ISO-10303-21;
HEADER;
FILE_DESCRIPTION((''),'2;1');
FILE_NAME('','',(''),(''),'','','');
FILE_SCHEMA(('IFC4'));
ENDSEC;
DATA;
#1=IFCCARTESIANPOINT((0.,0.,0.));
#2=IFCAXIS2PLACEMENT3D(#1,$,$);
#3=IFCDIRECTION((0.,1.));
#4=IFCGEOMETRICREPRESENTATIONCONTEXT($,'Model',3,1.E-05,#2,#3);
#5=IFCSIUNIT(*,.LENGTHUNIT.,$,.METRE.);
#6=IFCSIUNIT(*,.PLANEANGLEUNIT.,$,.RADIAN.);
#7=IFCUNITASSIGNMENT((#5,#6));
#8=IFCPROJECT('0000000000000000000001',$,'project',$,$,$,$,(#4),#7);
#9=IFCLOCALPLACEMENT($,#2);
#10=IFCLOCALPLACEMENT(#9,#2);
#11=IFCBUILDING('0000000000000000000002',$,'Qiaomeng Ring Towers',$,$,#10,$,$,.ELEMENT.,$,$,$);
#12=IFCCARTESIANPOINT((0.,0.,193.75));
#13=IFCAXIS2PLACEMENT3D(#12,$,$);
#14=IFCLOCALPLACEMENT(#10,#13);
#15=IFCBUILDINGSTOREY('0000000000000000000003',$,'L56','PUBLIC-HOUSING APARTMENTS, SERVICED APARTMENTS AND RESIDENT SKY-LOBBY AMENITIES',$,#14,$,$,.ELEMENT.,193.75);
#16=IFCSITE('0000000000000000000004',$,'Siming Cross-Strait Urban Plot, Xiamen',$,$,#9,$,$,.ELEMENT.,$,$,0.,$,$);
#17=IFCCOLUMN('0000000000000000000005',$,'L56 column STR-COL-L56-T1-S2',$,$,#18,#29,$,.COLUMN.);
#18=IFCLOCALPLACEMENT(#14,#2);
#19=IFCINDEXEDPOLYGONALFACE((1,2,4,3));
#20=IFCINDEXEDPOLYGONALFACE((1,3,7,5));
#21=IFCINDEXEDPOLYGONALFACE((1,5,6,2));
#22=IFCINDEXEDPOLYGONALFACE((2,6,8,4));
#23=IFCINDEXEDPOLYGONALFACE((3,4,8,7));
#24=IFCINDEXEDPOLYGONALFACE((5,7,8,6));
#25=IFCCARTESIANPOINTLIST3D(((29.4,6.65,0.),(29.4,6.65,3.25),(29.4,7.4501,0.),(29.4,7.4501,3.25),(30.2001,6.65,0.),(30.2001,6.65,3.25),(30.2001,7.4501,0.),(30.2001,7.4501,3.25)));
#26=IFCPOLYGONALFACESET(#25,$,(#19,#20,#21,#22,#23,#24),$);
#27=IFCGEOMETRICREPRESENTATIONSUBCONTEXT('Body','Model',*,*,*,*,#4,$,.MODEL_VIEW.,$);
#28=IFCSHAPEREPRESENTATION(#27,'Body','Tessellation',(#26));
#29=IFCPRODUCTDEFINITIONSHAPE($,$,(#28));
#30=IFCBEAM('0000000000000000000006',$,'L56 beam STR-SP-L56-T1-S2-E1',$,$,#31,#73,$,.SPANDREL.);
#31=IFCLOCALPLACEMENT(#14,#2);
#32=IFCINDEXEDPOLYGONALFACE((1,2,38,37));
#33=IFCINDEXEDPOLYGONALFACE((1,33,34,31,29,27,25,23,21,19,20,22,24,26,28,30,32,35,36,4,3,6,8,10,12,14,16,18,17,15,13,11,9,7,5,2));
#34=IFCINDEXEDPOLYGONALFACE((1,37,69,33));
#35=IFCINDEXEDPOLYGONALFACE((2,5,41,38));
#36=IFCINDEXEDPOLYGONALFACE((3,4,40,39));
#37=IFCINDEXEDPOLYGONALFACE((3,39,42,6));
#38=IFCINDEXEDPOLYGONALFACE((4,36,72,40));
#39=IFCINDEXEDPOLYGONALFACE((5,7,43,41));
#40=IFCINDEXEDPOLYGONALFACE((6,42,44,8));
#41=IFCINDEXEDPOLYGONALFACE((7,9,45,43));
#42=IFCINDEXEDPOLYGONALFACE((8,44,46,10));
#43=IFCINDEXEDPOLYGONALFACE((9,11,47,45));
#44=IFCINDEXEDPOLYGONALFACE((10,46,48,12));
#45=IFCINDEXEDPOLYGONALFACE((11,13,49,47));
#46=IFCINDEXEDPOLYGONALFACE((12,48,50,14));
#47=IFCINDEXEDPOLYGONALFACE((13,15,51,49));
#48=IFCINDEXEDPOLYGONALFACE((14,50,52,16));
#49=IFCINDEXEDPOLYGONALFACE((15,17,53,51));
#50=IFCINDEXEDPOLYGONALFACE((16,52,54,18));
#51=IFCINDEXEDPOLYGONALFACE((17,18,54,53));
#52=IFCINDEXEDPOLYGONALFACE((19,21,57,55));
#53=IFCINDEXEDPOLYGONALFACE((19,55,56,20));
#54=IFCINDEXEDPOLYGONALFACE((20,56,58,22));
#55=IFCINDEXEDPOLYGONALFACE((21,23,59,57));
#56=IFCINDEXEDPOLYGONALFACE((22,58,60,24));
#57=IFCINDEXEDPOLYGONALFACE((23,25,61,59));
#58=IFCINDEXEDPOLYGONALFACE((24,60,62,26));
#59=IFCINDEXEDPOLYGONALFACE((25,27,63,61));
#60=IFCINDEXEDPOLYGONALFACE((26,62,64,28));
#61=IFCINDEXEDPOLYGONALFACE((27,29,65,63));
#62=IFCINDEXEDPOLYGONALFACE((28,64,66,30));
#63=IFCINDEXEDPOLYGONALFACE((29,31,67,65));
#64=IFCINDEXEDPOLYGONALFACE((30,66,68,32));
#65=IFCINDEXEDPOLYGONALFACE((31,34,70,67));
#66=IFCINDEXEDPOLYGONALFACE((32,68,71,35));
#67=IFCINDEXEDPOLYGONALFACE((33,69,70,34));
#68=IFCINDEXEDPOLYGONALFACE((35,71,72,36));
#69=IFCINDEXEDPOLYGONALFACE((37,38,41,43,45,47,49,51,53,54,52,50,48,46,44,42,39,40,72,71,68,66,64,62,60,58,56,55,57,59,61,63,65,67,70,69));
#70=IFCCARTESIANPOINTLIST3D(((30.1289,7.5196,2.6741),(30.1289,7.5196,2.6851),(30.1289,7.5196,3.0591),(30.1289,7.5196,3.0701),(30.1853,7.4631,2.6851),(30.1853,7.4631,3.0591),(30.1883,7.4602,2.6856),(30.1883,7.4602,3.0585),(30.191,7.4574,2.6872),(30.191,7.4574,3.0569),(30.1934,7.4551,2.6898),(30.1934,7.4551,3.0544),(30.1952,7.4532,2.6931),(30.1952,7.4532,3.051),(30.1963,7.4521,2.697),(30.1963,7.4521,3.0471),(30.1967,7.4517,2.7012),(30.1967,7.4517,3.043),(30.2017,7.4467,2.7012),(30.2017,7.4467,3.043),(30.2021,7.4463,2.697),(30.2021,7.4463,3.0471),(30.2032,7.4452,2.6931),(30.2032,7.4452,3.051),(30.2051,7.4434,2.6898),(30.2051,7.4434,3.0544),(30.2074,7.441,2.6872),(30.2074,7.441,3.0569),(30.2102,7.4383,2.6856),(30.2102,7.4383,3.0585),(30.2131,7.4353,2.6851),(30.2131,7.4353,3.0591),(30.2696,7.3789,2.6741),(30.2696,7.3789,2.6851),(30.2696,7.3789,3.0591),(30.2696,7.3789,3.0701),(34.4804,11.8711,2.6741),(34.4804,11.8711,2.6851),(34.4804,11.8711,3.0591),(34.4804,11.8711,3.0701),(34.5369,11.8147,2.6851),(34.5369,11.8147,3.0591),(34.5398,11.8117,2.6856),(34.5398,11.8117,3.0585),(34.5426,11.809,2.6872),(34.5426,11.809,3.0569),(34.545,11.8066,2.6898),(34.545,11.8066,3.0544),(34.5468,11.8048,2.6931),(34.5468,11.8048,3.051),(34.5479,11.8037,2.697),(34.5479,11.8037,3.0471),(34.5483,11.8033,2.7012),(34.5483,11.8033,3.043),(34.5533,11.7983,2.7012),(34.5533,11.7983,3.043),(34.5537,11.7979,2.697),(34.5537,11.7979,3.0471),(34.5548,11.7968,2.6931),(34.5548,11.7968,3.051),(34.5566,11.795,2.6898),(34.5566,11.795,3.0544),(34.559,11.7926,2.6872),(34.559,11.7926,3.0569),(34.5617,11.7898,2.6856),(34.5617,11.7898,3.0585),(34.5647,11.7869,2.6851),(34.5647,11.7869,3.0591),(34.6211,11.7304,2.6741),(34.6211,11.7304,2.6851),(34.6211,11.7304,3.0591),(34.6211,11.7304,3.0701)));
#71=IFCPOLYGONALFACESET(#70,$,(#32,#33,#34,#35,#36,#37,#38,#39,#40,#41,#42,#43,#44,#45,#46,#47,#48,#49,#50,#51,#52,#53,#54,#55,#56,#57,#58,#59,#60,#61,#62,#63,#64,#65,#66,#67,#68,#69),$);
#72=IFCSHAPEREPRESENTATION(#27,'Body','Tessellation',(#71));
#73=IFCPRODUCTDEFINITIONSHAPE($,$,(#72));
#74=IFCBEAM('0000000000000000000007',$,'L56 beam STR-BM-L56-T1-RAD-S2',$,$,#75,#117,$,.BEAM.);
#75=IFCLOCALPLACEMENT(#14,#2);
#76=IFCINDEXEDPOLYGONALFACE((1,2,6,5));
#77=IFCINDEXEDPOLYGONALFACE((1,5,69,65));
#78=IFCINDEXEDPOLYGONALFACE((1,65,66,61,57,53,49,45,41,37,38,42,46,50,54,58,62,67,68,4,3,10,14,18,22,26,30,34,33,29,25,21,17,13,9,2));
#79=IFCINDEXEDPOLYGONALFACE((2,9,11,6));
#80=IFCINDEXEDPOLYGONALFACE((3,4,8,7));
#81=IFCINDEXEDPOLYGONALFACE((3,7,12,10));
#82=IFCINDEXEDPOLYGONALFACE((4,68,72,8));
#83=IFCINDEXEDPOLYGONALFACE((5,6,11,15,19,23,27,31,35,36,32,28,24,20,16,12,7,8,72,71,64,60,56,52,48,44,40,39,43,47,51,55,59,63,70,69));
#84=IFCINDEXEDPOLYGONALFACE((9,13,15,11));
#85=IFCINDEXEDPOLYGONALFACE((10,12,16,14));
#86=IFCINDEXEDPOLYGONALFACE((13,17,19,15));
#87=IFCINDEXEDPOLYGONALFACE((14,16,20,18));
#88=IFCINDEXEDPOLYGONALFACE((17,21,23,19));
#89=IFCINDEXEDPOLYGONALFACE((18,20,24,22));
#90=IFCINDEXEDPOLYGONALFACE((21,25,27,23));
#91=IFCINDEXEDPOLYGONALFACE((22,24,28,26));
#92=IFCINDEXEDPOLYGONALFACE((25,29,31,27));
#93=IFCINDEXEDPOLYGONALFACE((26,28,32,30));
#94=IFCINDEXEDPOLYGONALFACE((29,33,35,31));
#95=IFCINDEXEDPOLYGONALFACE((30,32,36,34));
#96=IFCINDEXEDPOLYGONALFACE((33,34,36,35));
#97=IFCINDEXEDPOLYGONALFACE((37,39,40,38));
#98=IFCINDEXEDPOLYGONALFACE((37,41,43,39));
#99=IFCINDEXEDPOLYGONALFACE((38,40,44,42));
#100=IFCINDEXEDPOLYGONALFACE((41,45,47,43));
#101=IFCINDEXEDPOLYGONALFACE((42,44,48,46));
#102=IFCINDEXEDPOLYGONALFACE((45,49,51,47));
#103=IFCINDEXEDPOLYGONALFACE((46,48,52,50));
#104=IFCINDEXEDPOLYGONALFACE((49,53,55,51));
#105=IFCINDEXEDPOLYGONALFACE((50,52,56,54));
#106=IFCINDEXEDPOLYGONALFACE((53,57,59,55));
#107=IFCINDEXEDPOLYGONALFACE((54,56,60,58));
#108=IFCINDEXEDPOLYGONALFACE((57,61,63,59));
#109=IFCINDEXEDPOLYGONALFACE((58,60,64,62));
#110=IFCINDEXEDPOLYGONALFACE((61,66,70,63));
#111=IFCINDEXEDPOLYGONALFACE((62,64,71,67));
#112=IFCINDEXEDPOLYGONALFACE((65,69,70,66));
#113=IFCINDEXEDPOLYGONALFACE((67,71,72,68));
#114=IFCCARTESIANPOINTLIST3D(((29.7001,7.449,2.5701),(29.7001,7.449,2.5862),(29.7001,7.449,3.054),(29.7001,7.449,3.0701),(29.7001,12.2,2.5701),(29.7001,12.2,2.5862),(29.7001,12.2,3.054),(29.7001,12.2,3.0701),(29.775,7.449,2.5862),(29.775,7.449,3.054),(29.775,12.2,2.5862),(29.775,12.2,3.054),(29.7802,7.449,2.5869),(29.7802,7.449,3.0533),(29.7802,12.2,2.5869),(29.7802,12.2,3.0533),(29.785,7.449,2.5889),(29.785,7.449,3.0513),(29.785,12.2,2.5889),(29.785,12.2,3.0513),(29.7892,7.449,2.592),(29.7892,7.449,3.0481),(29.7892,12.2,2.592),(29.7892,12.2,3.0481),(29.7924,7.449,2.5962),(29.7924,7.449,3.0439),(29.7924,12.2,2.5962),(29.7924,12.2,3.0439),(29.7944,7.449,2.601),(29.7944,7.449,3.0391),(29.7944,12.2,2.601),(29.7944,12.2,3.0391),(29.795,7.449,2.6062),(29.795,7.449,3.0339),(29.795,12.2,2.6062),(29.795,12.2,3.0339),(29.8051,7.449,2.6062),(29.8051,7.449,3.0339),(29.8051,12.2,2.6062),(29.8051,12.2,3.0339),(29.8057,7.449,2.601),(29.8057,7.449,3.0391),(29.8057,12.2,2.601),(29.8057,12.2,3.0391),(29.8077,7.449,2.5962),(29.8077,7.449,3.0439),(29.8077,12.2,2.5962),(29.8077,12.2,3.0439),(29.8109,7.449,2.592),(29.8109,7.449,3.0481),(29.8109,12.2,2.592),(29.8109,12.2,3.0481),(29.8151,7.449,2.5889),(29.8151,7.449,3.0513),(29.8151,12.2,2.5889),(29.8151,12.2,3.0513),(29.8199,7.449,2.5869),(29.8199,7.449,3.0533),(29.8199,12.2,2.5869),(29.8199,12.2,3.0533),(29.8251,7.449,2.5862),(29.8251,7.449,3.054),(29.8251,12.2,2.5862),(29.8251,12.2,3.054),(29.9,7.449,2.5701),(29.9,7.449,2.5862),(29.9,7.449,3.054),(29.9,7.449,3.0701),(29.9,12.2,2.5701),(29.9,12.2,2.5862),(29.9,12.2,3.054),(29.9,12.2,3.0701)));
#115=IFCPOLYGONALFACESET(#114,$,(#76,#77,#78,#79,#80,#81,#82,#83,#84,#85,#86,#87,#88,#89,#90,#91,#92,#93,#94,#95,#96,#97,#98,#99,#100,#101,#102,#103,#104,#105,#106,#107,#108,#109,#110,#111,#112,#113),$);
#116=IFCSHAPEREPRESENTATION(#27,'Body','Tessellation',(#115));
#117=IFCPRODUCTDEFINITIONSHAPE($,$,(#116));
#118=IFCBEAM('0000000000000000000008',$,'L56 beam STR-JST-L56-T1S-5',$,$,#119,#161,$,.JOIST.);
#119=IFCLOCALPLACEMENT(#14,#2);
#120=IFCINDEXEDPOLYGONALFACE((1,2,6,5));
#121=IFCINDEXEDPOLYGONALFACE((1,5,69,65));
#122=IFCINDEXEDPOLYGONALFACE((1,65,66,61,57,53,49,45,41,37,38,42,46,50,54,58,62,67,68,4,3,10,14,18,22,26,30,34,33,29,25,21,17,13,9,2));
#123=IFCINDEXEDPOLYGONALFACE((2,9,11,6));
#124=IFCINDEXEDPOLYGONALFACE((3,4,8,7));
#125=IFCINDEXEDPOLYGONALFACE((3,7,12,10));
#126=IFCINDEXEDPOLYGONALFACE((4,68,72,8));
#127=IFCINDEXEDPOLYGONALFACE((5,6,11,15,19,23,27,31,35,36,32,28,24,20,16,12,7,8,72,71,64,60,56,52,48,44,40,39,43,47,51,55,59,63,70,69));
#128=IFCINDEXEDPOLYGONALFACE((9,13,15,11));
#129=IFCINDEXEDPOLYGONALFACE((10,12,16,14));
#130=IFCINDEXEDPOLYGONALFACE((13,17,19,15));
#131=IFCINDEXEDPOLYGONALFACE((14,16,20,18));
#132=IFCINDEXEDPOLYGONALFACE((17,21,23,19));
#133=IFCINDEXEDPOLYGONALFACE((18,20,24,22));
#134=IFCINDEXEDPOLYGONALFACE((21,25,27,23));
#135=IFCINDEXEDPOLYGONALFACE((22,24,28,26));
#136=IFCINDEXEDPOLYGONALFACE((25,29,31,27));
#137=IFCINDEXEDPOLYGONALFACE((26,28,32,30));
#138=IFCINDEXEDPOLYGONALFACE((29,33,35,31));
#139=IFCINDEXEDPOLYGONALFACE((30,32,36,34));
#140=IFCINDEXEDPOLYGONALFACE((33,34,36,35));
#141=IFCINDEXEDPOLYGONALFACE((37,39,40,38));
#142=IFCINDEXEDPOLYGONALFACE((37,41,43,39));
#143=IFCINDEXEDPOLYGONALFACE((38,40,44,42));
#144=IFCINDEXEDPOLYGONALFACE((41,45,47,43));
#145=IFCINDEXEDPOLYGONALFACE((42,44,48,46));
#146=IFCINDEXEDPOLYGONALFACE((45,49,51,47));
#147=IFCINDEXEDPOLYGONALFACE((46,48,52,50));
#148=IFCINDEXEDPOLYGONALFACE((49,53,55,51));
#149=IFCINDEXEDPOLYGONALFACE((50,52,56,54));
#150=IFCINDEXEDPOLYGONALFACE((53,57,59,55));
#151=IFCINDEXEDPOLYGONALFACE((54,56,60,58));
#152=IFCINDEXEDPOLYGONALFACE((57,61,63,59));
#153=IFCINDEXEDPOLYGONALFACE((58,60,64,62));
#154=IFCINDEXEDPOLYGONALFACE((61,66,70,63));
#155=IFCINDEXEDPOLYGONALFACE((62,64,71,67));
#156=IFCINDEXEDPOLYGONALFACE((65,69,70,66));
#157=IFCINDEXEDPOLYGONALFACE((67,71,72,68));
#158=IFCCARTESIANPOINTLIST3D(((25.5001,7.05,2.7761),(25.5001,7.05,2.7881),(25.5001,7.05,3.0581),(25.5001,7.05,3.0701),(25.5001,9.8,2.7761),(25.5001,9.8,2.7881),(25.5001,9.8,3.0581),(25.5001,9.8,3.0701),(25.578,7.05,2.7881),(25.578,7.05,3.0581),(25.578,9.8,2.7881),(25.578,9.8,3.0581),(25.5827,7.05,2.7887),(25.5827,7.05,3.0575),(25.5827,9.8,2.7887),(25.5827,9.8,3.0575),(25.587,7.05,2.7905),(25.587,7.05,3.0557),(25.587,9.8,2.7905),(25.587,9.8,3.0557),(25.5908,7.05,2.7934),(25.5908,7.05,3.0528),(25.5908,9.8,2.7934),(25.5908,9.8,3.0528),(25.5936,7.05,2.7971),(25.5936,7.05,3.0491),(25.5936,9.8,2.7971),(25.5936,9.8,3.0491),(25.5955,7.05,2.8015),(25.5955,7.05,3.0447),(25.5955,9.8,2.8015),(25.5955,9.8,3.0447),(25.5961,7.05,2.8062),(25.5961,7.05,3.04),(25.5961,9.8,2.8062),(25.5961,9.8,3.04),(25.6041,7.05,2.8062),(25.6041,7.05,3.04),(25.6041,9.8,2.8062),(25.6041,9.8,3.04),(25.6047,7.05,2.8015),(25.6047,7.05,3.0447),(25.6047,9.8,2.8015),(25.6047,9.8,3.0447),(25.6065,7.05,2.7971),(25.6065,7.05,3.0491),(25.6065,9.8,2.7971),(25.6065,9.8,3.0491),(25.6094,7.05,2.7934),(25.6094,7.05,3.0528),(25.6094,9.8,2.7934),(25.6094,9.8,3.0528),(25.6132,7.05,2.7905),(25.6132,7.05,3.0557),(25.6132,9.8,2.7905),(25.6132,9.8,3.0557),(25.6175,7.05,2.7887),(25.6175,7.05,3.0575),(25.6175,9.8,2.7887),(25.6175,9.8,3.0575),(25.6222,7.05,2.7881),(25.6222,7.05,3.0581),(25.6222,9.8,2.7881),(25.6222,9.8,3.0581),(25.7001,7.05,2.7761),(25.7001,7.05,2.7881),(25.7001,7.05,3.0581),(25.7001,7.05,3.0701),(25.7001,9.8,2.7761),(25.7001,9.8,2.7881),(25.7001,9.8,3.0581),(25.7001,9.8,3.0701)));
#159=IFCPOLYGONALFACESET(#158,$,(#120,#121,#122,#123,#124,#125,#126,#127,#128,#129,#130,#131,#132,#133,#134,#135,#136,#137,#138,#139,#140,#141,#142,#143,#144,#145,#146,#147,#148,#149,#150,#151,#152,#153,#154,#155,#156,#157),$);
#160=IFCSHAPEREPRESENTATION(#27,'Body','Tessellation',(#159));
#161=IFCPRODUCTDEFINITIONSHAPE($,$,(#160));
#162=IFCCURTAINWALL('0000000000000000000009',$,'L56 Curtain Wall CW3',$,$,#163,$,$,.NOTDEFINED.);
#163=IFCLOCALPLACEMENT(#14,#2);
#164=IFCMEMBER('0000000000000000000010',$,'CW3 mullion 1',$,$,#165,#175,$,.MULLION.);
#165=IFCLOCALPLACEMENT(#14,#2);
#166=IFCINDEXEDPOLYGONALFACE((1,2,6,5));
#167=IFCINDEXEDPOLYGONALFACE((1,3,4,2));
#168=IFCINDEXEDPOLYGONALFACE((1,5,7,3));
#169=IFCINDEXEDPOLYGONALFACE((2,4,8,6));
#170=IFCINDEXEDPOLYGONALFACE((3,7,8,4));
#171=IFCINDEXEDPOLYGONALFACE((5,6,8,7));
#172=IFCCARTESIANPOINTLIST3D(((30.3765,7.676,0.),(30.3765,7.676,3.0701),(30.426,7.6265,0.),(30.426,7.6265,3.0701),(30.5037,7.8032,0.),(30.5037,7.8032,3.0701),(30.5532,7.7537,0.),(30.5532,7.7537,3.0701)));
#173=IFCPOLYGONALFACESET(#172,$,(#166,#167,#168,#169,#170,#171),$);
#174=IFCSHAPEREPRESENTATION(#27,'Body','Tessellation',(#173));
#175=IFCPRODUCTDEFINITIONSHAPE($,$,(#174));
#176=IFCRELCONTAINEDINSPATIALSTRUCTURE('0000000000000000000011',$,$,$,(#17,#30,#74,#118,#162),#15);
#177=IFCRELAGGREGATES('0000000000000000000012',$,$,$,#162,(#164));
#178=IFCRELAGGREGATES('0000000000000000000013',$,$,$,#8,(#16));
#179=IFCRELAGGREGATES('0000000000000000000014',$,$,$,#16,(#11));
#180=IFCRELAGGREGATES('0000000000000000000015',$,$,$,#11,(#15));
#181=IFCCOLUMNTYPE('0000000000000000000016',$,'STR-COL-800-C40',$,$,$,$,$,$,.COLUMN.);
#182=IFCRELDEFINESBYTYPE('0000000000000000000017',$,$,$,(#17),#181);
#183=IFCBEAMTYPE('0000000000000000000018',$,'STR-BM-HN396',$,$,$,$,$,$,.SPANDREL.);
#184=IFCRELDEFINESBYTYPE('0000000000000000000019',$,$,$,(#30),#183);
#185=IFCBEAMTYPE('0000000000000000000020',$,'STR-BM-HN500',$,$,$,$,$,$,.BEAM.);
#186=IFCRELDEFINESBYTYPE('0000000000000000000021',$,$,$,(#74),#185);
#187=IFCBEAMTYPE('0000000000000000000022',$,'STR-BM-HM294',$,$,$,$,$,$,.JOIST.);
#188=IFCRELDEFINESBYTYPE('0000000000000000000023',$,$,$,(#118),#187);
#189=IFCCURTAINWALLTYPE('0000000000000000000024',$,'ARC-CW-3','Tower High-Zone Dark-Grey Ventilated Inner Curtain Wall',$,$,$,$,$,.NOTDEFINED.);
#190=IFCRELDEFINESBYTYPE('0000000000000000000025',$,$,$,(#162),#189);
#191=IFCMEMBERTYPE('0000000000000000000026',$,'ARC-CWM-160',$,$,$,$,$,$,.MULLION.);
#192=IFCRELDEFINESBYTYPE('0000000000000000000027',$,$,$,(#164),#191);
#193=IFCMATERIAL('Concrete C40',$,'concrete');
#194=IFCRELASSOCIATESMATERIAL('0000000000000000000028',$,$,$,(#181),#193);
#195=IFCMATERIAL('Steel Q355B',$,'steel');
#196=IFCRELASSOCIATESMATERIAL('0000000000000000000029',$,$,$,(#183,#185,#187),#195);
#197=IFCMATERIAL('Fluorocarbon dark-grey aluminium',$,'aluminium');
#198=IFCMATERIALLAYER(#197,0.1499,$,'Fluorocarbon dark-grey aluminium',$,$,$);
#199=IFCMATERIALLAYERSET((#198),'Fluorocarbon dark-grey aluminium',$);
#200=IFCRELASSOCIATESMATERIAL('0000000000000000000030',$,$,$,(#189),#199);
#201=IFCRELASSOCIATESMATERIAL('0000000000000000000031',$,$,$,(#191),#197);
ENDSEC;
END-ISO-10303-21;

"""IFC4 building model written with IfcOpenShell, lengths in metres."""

from ifc_helpers import new_model, si_unit, direction, frame, origin, origin_2d, place, context, subcontext, project, spatial, rectangle, i_section, extrude, source, transform, mapped, material, layer, layer_set, material_profile, profile_set, type_object, element, aggregate, save


model = new_model("IFC4")

# Units and contexts
model_context = context("Model", 3, precision=1e-05, world=origin(), true_north=direction((0.0, 1.0)))
body_context = subcontext(model_context, "Body", "Model", "MODEL_VIEW")
ifc_project = project(units=[si_unit("LENGTHUNIT", "METRE"), si_unit("PLANEANGLEUNIT", "RADIAN")], contexts=[model_context])

# Site, building, storey
site_placement = place(None, origin())
site = spatial("IfcSite", under=ifc_project, at=site_placement, Name="Siming Cross-Strait Urban Plot, Xiamen", CompositionType="ELEMENT", RefElevation=0.0)
building_placement = place(site_placement, origin())
building = spatial("IfcBuilding", under=site, at=building_placement, Name="Qiaomeng Ring Towers", CompositionType="ELEMENT")
storey_placement = place(building_placement, frame((0.0, 0.0, 193.75)))
storey = spatial("IfcBuildingStorey", under=building, at=storey_placement, Name="L56", Description="PUBLIC-HOUSING APARTMENTS, SERVICED APARTMENTS AND RESIDENT SKY-LOBBY AMENITIES", CompositionType="ELEMENT", Elevation=193.75)

# Column
ifc_material_1 = material(Name="Concrete C40", Category="concrete")
ifc_material_profile_1 = material_profile(ifc_material_1, rectangle(XDim=0.8, YDim=0.8, at=origin_2d()), Name="RC COL 800x800")
ifc_profile_set_1 = profile_set([ifc_material_profile_1], Name="Concrete C40")
column_type = type_object("IfcColumnType", Name="STR-COL-800-C40", PredefinedType="COLUMN", material=ifc_profile_set_1)
shared_shape_1 = source(origin(), body_context, "Body", "SweptSolid", [
    extrude(rectangle(XDim=0.8, YDim=0.8, at=origin_2d()), origin(), (0.0, 0.0, 1.0), 3.25),
])
column_placement = place(storey_placement, frame((29.8, 7.05, 0.0), z_axis=(0.0, 0.0, 1.0), x_axis=(1.0, 0.0, 0.0)))
element("IfcColumn", 1, at=column_placement, inside=storey, type_object=column_type, Name="L56 column STR-COL-L56-T1-S2", PredefinedType="COLUMN", context=body_context, shape_type="MappedRepresentation", body=[
    mapped(shared_shape_1, transform((0.0, 0.0, 0.0), x_axis=(1.0, 0.0, 0.0), y_axis=(0.0, 1.0, 0.0), z_axis=(0.0, 0.0, 1.0), scale=1.0)),
])

# Beams
ifc_material_2 = material(Name="Steel Q355B", Category="steel")
ifc_material_profile_2 = material_profile(ifc_material_2, i_section(OverallWidth=0.199, OverallDepth=0.396, WebThickness=0.0071, FlangeThickness=0.011, FilletRadius=0.0161, at=origin_2d()), Name="HN 396x199x7x11")
ifc_profile_set_2 = profile_set([ifc_material_profile_2], Name="Steel Q355B")
beam_type_1 = type_object("IfcBeamType", Name="STR-BM-HN396", PredefinedType="SPANDREL", material=ifc_profile_set_2)
shared_shape_2 = source(origin(), body_context, "Body", "SweptSolid", [
    extrude(i_section(OverallWidth=0.199, OverallDepth=0.396, WebThickness=0.0071, FlangeThickness=0.011, FilletRadius=0.0161, at=origin_2d()), origin(), (0.0, 0.0, 1.0), 6.1541),
])
beam_1_placement = place(storey_placement, frame((30.1992, 7.4492, 2.8721), z_axis=(0.707107, 0.707107, 0.0), x_axis=(-0.707107, 0.707107, 0.0)))
element("IfcBeam", 2, at=beam_1_placement, inside=storey, type_object=beam_type_1, Name="L56 beam STR-SP-L56-T1-S2-E1", PredefinedType="SPANDREL", context=body_context, shape_type="MappedRepresentation", body=[
    mapped(shared_shape_2, transform((0.0, 0.0, 0.0), x_axis=(1.0, 0.0, 0.0), y_axis=(0.0, 1.0, 0.0), z_axis=(0.0, 0.0, 1.0), scale=1.0)),
])
ifc_material_profile_3 = material_profile(ifc_material_2, i_section(OverallWidth=0.2, OverallDepth=0.5, WebThickness=0.01, FlangeThickness=0.0161, FilletRadius=0.02, at=origin_2d()), Name="HN 500x200x10x16")
ifc_profile_set_3 = profile_set([ifc_material_profile_3], Name="Steel Q355B")
beam_type_2 = type_object("IfcBeamType", Name="STR-BM-HN500", PredefinedType="BEAM", material=ifc_profile_set_3)
shared_shape_3 = source(origin(), body_context, "Body", "SweptSolid", [
    extrude(i_section(OverallWidth=0.2, OverallDepth=0.5, WebThickness=0.01, FlangeThickness=0.0161, FilletRadius=0.02, at=origin_2d()), origin(), (0.0, 0.0, 1.0), 4.751),
])
beam_2_placement = place(storey_placement, frame((29.8, 7.449, 2.8201), z_axis=(0.0, 1.0, 0.0), x_axis=(-1.0, 0.0, 0.0)))
element("IfcBeam", 3, at=beam_2_placement, inside=storey, type_object=beam_type_2, Name="L56 beam STR-BM-L56-T1-RAD-S2", PredefinedType="BEAM", context=body_context, shape_type="MappedRepresentation", body=[
    mapped(shared_shape_3, transform((0.0, 0.0, 0.0), x_axis=(1.0, 0.0, 0.0), y_axis=(0.0, 1.0, 0.0), z_axis=(0.0, 0.0, 1.0), scale=1.0)),
])
ifc_material_profile_4 = material_profile(ifc_material_2, i_section(OverallWidth=0.2, OverallDepth=0.2939, WebThickness=0.0081, FlangeThickness=0.012, FilletRadius=0.0181, at=origin_2d()), Name="HM 294x200x8x12")
ifc_profile_set_4 = profile_set([ifc_material_profile_4], Name="Steel Q355B")
beam_type_3 = type_object("IfcBeamType", Name="STR-BM-HM294", PredefinedType="JOIST", material=ifc_profile_set_4)
shared_shape_4 = source(origin(), body_context, "Body", "SweptSolid", [
    extrude(i_section(OverallWidth=0.2, OverallDepth=0.2939, WebThickness=0.0081, FlangeThickness=0.012, FilletRadius=0.0181, at=origin_2d()), origin(), (0.0, 0.0, 1.0), 2.75),
])
beam_3_placement = place(storey_placement, frame((25.6001, 7.05, 2.9231), z_axis=(0.0, 1.0, 0.0), x_axis=(-1.0, 0.0, 0.0)))
element("IfcBeam", 4, at=beam_3_placement, inside=storey, type_object=beam_type_3, Name="L56 beam STR-JST-L56-T1S-5", PredefinedType="JOIST", context=body_context, shape_type="MappedRepresentation", body=[
    mapped(shared_shape_4, transform((0.0, 0.0, 0.0), x_axis=(1.0, 0.0, 0.0), y_axis=(0.0, 1.0, 0.0), z_axis=(0.0, 0.0, 1.0), scale=1.0)),
])

# Curtain wall, member
ifc_material_3 = material(Name="Fluorocarbon dark-grey aluminium", Category="aluminium")
ifc_layer_1 = layer(ifc_material_3, 0.1499, Name="Fluorocarbon dark-grey aluminium")
ifc_layer_set_1 = layer_set([ifc_layer_1], Name="Fluorocarbon dark-grey aluminium")
curtain_wall_type = type_object("IfcCurtainWallType", Name="ARC-CW-3", Description="Tower High-Zone Dark-Grey Ventilated Inner Curtain Wall", PredefinedType="NOTDEFINED", material=ifc_layer_set_1)
curtain_wall_placement = place(storey_placement, origin())
curtain_wall = element("IfcCurtainWall", 5, at=curtain_wall_placement, inside=storey, type_object=curtain_wall_type, Name="L56 Curtain Wall CW3", PredefinedType="NOTDEFINED")
ifc_material_profile_5 = material_profile(ifc_material_3, rectangle(XDim=0.0701, YDim=0.1799, at=origin_2d()), Name="ALU MULL 70x180")
ifc_profile_set_5 = profile_set([ifc_material_profile_5], Name="Fluorocarbon dark-grey aluminium")
member_type_1 = type_object("IfcMemberType", Name="ARC-CWM-160", PredefinedType="MULLION", material=ifc_profile_set_5)
shared_shape_5 = source(origin(), body_context, "Body", "SweptSolid", [
    extrude(rectangle(XDim=0.0701, YDim=0.1799, at=origin_2d()), origin(), (0.0, 0.0, 1.0), 3.0701),
])
member_1_placement = place(storey_placement, frame((30.4648, 7.7148, 0.0), z_axis=(0.0, 0.0, 1.0), x_axis=(-0.707107, 0.707107, 0.0)))
member_1 = element("IfcMember", 6, at=member_1_placement, type_object=member_type_1, Name="CW3 mullion 1", PredefinedType="MULLION", context=body_context, shape_type="MappedRepresentation", body=[
    mapped(shared_shape_5, transform((0.0, 0.0, 0.0), x_axis=(1.0, 0.0, 0.0), y_axis=(0.0, 1.0, 0.0), z_axis=(0.0, 0.0, 1.0), scale=1.0)),
])
aggregate(curtain_wall, [member_1])

save(model, "model.ifc")
